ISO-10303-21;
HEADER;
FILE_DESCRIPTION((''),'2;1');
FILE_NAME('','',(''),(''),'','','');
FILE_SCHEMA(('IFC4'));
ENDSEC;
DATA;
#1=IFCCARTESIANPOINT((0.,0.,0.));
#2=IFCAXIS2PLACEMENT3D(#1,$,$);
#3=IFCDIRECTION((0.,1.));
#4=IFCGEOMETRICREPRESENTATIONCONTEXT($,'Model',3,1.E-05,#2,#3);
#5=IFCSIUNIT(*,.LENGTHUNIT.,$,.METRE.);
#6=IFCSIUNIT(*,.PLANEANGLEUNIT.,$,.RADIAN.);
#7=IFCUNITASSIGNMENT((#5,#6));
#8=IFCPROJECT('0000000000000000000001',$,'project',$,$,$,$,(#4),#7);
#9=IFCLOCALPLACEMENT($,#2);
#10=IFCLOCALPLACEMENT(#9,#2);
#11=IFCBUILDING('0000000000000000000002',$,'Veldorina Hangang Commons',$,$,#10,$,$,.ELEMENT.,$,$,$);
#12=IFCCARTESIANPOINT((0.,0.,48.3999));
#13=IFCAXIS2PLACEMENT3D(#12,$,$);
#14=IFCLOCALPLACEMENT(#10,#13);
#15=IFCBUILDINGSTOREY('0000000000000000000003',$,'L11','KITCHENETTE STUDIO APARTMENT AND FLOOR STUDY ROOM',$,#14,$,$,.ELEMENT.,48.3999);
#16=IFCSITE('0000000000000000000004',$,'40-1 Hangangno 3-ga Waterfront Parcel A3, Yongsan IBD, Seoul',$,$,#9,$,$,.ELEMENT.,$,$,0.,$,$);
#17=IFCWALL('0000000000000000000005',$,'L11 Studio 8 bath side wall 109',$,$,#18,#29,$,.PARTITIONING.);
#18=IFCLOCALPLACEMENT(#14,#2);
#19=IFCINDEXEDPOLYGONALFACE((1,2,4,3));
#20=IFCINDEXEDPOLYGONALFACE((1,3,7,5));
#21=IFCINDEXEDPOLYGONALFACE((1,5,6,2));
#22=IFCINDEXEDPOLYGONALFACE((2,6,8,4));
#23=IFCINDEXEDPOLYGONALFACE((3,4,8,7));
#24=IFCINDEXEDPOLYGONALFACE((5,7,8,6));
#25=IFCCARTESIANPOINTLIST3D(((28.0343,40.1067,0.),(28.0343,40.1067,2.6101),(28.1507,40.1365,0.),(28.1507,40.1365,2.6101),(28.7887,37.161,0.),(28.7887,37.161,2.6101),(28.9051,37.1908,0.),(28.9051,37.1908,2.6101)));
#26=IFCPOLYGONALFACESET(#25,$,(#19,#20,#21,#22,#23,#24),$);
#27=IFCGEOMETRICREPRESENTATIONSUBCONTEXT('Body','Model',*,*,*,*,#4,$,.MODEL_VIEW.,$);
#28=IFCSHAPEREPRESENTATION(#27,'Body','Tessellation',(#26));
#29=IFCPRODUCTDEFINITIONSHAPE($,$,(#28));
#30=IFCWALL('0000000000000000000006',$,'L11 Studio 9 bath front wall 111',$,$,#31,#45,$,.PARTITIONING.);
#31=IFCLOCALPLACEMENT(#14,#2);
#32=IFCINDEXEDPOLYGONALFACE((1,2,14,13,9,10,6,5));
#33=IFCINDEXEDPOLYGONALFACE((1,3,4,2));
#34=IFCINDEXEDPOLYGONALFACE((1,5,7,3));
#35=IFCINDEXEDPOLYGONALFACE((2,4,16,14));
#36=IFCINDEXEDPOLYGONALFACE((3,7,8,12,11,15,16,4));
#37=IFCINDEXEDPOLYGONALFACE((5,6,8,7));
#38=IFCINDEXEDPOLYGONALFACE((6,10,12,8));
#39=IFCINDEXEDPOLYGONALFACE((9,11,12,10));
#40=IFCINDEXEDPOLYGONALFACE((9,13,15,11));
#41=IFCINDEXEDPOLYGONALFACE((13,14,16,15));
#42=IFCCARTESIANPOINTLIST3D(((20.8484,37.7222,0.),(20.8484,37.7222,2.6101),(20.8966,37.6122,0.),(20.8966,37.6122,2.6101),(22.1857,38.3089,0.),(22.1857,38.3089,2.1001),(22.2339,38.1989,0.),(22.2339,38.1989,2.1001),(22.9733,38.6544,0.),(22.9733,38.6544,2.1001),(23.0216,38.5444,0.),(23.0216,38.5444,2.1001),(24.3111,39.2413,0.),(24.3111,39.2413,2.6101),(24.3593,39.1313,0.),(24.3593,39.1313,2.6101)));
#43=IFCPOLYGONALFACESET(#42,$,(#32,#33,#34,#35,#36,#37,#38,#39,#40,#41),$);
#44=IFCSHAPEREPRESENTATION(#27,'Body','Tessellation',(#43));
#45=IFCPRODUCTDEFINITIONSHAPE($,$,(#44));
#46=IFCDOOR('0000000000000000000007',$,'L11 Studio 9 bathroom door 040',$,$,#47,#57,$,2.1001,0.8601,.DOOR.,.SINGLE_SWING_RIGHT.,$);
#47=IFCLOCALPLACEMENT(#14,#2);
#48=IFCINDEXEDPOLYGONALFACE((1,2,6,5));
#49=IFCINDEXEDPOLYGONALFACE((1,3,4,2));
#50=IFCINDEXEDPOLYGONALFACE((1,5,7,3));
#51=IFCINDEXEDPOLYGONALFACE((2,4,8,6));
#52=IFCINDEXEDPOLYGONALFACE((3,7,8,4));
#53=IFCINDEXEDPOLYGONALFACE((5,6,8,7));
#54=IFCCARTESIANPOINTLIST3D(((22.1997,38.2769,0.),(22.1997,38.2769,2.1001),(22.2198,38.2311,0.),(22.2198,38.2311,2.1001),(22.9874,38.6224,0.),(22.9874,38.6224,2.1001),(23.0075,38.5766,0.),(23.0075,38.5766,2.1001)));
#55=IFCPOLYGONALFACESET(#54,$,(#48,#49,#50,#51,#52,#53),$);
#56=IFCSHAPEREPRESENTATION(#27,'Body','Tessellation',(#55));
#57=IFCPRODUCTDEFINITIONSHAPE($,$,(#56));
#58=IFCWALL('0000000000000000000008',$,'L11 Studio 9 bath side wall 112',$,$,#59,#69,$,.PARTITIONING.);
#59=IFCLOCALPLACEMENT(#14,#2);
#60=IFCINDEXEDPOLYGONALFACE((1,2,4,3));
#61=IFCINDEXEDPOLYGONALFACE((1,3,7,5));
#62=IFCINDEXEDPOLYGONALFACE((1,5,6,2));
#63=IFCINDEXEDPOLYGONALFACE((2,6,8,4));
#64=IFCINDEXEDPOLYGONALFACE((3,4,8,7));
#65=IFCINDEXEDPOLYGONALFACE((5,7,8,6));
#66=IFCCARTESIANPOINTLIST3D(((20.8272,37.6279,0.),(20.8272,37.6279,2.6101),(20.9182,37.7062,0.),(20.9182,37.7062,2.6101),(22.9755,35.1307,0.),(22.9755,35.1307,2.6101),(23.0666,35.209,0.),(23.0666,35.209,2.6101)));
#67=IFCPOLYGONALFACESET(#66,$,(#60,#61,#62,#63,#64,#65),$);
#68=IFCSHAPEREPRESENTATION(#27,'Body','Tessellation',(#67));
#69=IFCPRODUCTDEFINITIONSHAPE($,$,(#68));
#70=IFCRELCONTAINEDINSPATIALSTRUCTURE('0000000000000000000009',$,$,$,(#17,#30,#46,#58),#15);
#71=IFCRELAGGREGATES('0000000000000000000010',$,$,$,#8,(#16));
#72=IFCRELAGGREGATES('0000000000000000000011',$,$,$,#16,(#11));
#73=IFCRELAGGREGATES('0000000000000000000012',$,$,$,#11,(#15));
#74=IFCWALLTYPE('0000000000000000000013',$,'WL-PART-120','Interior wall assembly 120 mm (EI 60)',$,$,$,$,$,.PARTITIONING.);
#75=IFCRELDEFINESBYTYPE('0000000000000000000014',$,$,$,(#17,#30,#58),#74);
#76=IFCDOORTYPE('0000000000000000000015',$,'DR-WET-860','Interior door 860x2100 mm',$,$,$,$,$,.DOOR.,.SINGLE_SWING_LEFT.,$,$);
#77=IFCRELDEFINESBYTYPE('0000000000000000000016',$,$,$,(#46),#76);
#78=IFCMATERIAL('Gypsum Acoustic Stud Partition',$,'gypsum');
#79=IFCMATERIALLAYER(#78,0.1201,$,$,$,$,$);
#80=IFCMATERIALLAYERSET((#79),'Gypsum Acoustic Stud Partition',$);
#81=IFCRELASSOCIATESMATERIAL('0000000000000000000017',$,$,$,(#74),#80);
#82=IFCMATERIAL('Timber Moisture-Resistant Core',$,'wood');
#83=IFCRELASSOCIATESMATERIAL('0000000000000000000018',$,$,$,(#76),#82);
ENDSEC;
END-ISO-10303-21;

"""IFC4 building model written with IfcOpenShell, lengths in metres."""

from ifc_helpers import new_model, si_unit, direction, frame, frame_2d, origin, place, context, subcontext, project, spatial, rectangle, extrude, material, layer, layer_set, type_object, element, fill, save


model = new_model("IFC4")

# Units and contexts
model_context = context("Model", 3, precision=1e-05, world=origin(), true_north=direction((0.0, 1.0)))
body_context = subcontext(model_context, "Body", "Model", "MODEL_VIEW")
ifc_project = project(units=[si_unit("LENGTHUNIT", "METRE"), si_unit("PLANEANGLEUNIT", "RADIAN")], contexts=[model_context])

# Site, building, storey
site_placement = place(None, origin())
site = spatial("IfcSite", under=ifc_project, at=site_placement, Name="40-1 Hangangno 3-ga Waterfront Parcel A3, Yongsan IBD, Seoul", CompositionType="ELEMENT", RefElevation=0.0)
building_placement = place(site_placement, origin())
building = spatial("IfcBuilding", under=site, at=building_placement, Name="Veldorina Hangang Commons", CompositionType="ELEMENT")
storey_placement = place(building_placement, frame((0.0, 0.0, 48.3999)))
storey = spatial("IfcBuildingStorey", under=building, at=storey_placement, Name="L11", Description="KITCHENETTE STUDIO APARTMENT AND FLOOR STUDY ROOM", CompositionType="ELEMENT", Elevation=48.3999)

# Wall
ifc_material_1 = material(Name="Gypsum Acoustic Stud Partition", Category="gypsum")
ifc_layer_1 = layer(ifc_material_1, 0.1201)
ifc_layer_set_1 = layer_set([ifc_layer_1], Name="Gypsum Acoustic Stud Partition")
wall_type_1 = type_object("IfcWallType", Name="WL-PART-120", Description="Interior wall assembly 120 mm (EI 60)", PredefinedType="PARTITIONING", material=ifc_layer_set_1)
wall_1_placement = place(storey_placement, frame((28.8469, 37.1758, 0.0), z_axis=(0.0, 0.0, 1.0), x_axis=(-0.248086, 0.968738, 0.0)))
element("IfcWall", 1, at=wall_1_placement, inside=storey, type_object=wall_type_1, Name="L11 Studio 8 bath side wall 109", PredefinedType="PARTITIONING", context=body_context, shape_type="SweptSolid", body=[
    extrude(rectangle(XDim=3.0408, YDim=0.1201, at=frame_2d((1.5205, 0.0))), origin(), (0.0, 0.0, 1.0), 2.6101),
])

# Wall, opening, door
wall_2_placement = place(storey_placement, frame((24.3352, 39.1863, 0.0), z_axis=(0.0, 0.0, 1.0), x_axis=(-0.915755, -0.401737, 0.0)))
wall_2 = element("IfcWall", 2, at=wall_2_placement, inside=storey, type_object=wall_type_1, Name="L11 Studio 9 bath front wall 111", PredefinedType="PARTITIONING", context=body_context, shape_type="SweptSolid", body=[
    extrude(rectangle(XDim=3.7812, YDim=0.1201, at=frame_2d((1.8906, 0.0))), origin(), (0.0, 0.0, 1.0), 2.6101),
])
opening_1_placement = place(wall_2_placement, frame((1.4607, 0.0, 0.0)))
opening_1 = element("IfcOpeningElement", 3, at=opening_1_placement, cuts=wall_2, PredefinedType="OPENING", context=body_context, shape_type="SweptSolid", body=[
    extrude(rectangle(XDim=0.8601, YDim=2.1001, at=frame_2d((0.4302, 1.05))), frame((0.0, 0.0701, 0.0), z_axis=(0.0, -1.0, 0.0), x_axis=(1.0, 0.0, 0.0)), (0.0, 0.0, 1.0), 0.1401),
])
ifc_material_2 = material(Name="Timber Moisture-Resistant Core", Category="wood")
door_type_1 = type_object("IfcDoorType", Name="DR-WET-860", Description="Interior door 860x2100 mm", OperationType="SINGLE_SWING_LEFT", PredefinedType="DOOR", material=ifc_material_2)
door_1_placement = place(opening_1_placement, origin())
door_1 = element("IfcDoor", 4, at=door_1_placement, inside=storey, type_object=door_type_1, Name="L11 Studio 9 bathroom door 040", OperationType="SINGLE_SWING_RIGHT", OverallHeight=2.1001, OverallWidth=0.8601, PredefinedType="DOOR", context=body_context, shape_type="SweptSolid", body=[
    extrude(rectangle(XDim=0.8601, YDim=2.1001, at=frame_2d((0.4302, 1.05))), frame((0.0, 0.0249, 0.0), z_axis=(0.0, -1.0, 0.0), x_axis=(1.0, 0.0, 0.0)), (0.0, 0.0, 1.0), 0.05),
])
fill(opening_1, door_1)

# Wall
wall_3_placement = place(storey_placement, frame((23.021, 35.1699, 0.0), z_axis=(0.0, 0.0, 1.0), x_axis=(-0.65217, 0.758073, 0.0)))
element("IfcWall", 5, at=wall_3_placement, inside=storey, type_object=wall_type_1, Name="L11 Studio 9 bath side wall 112", PredefinedType="PARTITIONING", context=body_context, shape_type="SweptSolid", body=[
    extrude(rectangle(XDim=3.2942, YDim=0.1201, at=frame_2d((1.647, 0.0))), origin(), (0.0, 0.0, 1.0), 2.6101),
])

save(model, "model.ifc")
